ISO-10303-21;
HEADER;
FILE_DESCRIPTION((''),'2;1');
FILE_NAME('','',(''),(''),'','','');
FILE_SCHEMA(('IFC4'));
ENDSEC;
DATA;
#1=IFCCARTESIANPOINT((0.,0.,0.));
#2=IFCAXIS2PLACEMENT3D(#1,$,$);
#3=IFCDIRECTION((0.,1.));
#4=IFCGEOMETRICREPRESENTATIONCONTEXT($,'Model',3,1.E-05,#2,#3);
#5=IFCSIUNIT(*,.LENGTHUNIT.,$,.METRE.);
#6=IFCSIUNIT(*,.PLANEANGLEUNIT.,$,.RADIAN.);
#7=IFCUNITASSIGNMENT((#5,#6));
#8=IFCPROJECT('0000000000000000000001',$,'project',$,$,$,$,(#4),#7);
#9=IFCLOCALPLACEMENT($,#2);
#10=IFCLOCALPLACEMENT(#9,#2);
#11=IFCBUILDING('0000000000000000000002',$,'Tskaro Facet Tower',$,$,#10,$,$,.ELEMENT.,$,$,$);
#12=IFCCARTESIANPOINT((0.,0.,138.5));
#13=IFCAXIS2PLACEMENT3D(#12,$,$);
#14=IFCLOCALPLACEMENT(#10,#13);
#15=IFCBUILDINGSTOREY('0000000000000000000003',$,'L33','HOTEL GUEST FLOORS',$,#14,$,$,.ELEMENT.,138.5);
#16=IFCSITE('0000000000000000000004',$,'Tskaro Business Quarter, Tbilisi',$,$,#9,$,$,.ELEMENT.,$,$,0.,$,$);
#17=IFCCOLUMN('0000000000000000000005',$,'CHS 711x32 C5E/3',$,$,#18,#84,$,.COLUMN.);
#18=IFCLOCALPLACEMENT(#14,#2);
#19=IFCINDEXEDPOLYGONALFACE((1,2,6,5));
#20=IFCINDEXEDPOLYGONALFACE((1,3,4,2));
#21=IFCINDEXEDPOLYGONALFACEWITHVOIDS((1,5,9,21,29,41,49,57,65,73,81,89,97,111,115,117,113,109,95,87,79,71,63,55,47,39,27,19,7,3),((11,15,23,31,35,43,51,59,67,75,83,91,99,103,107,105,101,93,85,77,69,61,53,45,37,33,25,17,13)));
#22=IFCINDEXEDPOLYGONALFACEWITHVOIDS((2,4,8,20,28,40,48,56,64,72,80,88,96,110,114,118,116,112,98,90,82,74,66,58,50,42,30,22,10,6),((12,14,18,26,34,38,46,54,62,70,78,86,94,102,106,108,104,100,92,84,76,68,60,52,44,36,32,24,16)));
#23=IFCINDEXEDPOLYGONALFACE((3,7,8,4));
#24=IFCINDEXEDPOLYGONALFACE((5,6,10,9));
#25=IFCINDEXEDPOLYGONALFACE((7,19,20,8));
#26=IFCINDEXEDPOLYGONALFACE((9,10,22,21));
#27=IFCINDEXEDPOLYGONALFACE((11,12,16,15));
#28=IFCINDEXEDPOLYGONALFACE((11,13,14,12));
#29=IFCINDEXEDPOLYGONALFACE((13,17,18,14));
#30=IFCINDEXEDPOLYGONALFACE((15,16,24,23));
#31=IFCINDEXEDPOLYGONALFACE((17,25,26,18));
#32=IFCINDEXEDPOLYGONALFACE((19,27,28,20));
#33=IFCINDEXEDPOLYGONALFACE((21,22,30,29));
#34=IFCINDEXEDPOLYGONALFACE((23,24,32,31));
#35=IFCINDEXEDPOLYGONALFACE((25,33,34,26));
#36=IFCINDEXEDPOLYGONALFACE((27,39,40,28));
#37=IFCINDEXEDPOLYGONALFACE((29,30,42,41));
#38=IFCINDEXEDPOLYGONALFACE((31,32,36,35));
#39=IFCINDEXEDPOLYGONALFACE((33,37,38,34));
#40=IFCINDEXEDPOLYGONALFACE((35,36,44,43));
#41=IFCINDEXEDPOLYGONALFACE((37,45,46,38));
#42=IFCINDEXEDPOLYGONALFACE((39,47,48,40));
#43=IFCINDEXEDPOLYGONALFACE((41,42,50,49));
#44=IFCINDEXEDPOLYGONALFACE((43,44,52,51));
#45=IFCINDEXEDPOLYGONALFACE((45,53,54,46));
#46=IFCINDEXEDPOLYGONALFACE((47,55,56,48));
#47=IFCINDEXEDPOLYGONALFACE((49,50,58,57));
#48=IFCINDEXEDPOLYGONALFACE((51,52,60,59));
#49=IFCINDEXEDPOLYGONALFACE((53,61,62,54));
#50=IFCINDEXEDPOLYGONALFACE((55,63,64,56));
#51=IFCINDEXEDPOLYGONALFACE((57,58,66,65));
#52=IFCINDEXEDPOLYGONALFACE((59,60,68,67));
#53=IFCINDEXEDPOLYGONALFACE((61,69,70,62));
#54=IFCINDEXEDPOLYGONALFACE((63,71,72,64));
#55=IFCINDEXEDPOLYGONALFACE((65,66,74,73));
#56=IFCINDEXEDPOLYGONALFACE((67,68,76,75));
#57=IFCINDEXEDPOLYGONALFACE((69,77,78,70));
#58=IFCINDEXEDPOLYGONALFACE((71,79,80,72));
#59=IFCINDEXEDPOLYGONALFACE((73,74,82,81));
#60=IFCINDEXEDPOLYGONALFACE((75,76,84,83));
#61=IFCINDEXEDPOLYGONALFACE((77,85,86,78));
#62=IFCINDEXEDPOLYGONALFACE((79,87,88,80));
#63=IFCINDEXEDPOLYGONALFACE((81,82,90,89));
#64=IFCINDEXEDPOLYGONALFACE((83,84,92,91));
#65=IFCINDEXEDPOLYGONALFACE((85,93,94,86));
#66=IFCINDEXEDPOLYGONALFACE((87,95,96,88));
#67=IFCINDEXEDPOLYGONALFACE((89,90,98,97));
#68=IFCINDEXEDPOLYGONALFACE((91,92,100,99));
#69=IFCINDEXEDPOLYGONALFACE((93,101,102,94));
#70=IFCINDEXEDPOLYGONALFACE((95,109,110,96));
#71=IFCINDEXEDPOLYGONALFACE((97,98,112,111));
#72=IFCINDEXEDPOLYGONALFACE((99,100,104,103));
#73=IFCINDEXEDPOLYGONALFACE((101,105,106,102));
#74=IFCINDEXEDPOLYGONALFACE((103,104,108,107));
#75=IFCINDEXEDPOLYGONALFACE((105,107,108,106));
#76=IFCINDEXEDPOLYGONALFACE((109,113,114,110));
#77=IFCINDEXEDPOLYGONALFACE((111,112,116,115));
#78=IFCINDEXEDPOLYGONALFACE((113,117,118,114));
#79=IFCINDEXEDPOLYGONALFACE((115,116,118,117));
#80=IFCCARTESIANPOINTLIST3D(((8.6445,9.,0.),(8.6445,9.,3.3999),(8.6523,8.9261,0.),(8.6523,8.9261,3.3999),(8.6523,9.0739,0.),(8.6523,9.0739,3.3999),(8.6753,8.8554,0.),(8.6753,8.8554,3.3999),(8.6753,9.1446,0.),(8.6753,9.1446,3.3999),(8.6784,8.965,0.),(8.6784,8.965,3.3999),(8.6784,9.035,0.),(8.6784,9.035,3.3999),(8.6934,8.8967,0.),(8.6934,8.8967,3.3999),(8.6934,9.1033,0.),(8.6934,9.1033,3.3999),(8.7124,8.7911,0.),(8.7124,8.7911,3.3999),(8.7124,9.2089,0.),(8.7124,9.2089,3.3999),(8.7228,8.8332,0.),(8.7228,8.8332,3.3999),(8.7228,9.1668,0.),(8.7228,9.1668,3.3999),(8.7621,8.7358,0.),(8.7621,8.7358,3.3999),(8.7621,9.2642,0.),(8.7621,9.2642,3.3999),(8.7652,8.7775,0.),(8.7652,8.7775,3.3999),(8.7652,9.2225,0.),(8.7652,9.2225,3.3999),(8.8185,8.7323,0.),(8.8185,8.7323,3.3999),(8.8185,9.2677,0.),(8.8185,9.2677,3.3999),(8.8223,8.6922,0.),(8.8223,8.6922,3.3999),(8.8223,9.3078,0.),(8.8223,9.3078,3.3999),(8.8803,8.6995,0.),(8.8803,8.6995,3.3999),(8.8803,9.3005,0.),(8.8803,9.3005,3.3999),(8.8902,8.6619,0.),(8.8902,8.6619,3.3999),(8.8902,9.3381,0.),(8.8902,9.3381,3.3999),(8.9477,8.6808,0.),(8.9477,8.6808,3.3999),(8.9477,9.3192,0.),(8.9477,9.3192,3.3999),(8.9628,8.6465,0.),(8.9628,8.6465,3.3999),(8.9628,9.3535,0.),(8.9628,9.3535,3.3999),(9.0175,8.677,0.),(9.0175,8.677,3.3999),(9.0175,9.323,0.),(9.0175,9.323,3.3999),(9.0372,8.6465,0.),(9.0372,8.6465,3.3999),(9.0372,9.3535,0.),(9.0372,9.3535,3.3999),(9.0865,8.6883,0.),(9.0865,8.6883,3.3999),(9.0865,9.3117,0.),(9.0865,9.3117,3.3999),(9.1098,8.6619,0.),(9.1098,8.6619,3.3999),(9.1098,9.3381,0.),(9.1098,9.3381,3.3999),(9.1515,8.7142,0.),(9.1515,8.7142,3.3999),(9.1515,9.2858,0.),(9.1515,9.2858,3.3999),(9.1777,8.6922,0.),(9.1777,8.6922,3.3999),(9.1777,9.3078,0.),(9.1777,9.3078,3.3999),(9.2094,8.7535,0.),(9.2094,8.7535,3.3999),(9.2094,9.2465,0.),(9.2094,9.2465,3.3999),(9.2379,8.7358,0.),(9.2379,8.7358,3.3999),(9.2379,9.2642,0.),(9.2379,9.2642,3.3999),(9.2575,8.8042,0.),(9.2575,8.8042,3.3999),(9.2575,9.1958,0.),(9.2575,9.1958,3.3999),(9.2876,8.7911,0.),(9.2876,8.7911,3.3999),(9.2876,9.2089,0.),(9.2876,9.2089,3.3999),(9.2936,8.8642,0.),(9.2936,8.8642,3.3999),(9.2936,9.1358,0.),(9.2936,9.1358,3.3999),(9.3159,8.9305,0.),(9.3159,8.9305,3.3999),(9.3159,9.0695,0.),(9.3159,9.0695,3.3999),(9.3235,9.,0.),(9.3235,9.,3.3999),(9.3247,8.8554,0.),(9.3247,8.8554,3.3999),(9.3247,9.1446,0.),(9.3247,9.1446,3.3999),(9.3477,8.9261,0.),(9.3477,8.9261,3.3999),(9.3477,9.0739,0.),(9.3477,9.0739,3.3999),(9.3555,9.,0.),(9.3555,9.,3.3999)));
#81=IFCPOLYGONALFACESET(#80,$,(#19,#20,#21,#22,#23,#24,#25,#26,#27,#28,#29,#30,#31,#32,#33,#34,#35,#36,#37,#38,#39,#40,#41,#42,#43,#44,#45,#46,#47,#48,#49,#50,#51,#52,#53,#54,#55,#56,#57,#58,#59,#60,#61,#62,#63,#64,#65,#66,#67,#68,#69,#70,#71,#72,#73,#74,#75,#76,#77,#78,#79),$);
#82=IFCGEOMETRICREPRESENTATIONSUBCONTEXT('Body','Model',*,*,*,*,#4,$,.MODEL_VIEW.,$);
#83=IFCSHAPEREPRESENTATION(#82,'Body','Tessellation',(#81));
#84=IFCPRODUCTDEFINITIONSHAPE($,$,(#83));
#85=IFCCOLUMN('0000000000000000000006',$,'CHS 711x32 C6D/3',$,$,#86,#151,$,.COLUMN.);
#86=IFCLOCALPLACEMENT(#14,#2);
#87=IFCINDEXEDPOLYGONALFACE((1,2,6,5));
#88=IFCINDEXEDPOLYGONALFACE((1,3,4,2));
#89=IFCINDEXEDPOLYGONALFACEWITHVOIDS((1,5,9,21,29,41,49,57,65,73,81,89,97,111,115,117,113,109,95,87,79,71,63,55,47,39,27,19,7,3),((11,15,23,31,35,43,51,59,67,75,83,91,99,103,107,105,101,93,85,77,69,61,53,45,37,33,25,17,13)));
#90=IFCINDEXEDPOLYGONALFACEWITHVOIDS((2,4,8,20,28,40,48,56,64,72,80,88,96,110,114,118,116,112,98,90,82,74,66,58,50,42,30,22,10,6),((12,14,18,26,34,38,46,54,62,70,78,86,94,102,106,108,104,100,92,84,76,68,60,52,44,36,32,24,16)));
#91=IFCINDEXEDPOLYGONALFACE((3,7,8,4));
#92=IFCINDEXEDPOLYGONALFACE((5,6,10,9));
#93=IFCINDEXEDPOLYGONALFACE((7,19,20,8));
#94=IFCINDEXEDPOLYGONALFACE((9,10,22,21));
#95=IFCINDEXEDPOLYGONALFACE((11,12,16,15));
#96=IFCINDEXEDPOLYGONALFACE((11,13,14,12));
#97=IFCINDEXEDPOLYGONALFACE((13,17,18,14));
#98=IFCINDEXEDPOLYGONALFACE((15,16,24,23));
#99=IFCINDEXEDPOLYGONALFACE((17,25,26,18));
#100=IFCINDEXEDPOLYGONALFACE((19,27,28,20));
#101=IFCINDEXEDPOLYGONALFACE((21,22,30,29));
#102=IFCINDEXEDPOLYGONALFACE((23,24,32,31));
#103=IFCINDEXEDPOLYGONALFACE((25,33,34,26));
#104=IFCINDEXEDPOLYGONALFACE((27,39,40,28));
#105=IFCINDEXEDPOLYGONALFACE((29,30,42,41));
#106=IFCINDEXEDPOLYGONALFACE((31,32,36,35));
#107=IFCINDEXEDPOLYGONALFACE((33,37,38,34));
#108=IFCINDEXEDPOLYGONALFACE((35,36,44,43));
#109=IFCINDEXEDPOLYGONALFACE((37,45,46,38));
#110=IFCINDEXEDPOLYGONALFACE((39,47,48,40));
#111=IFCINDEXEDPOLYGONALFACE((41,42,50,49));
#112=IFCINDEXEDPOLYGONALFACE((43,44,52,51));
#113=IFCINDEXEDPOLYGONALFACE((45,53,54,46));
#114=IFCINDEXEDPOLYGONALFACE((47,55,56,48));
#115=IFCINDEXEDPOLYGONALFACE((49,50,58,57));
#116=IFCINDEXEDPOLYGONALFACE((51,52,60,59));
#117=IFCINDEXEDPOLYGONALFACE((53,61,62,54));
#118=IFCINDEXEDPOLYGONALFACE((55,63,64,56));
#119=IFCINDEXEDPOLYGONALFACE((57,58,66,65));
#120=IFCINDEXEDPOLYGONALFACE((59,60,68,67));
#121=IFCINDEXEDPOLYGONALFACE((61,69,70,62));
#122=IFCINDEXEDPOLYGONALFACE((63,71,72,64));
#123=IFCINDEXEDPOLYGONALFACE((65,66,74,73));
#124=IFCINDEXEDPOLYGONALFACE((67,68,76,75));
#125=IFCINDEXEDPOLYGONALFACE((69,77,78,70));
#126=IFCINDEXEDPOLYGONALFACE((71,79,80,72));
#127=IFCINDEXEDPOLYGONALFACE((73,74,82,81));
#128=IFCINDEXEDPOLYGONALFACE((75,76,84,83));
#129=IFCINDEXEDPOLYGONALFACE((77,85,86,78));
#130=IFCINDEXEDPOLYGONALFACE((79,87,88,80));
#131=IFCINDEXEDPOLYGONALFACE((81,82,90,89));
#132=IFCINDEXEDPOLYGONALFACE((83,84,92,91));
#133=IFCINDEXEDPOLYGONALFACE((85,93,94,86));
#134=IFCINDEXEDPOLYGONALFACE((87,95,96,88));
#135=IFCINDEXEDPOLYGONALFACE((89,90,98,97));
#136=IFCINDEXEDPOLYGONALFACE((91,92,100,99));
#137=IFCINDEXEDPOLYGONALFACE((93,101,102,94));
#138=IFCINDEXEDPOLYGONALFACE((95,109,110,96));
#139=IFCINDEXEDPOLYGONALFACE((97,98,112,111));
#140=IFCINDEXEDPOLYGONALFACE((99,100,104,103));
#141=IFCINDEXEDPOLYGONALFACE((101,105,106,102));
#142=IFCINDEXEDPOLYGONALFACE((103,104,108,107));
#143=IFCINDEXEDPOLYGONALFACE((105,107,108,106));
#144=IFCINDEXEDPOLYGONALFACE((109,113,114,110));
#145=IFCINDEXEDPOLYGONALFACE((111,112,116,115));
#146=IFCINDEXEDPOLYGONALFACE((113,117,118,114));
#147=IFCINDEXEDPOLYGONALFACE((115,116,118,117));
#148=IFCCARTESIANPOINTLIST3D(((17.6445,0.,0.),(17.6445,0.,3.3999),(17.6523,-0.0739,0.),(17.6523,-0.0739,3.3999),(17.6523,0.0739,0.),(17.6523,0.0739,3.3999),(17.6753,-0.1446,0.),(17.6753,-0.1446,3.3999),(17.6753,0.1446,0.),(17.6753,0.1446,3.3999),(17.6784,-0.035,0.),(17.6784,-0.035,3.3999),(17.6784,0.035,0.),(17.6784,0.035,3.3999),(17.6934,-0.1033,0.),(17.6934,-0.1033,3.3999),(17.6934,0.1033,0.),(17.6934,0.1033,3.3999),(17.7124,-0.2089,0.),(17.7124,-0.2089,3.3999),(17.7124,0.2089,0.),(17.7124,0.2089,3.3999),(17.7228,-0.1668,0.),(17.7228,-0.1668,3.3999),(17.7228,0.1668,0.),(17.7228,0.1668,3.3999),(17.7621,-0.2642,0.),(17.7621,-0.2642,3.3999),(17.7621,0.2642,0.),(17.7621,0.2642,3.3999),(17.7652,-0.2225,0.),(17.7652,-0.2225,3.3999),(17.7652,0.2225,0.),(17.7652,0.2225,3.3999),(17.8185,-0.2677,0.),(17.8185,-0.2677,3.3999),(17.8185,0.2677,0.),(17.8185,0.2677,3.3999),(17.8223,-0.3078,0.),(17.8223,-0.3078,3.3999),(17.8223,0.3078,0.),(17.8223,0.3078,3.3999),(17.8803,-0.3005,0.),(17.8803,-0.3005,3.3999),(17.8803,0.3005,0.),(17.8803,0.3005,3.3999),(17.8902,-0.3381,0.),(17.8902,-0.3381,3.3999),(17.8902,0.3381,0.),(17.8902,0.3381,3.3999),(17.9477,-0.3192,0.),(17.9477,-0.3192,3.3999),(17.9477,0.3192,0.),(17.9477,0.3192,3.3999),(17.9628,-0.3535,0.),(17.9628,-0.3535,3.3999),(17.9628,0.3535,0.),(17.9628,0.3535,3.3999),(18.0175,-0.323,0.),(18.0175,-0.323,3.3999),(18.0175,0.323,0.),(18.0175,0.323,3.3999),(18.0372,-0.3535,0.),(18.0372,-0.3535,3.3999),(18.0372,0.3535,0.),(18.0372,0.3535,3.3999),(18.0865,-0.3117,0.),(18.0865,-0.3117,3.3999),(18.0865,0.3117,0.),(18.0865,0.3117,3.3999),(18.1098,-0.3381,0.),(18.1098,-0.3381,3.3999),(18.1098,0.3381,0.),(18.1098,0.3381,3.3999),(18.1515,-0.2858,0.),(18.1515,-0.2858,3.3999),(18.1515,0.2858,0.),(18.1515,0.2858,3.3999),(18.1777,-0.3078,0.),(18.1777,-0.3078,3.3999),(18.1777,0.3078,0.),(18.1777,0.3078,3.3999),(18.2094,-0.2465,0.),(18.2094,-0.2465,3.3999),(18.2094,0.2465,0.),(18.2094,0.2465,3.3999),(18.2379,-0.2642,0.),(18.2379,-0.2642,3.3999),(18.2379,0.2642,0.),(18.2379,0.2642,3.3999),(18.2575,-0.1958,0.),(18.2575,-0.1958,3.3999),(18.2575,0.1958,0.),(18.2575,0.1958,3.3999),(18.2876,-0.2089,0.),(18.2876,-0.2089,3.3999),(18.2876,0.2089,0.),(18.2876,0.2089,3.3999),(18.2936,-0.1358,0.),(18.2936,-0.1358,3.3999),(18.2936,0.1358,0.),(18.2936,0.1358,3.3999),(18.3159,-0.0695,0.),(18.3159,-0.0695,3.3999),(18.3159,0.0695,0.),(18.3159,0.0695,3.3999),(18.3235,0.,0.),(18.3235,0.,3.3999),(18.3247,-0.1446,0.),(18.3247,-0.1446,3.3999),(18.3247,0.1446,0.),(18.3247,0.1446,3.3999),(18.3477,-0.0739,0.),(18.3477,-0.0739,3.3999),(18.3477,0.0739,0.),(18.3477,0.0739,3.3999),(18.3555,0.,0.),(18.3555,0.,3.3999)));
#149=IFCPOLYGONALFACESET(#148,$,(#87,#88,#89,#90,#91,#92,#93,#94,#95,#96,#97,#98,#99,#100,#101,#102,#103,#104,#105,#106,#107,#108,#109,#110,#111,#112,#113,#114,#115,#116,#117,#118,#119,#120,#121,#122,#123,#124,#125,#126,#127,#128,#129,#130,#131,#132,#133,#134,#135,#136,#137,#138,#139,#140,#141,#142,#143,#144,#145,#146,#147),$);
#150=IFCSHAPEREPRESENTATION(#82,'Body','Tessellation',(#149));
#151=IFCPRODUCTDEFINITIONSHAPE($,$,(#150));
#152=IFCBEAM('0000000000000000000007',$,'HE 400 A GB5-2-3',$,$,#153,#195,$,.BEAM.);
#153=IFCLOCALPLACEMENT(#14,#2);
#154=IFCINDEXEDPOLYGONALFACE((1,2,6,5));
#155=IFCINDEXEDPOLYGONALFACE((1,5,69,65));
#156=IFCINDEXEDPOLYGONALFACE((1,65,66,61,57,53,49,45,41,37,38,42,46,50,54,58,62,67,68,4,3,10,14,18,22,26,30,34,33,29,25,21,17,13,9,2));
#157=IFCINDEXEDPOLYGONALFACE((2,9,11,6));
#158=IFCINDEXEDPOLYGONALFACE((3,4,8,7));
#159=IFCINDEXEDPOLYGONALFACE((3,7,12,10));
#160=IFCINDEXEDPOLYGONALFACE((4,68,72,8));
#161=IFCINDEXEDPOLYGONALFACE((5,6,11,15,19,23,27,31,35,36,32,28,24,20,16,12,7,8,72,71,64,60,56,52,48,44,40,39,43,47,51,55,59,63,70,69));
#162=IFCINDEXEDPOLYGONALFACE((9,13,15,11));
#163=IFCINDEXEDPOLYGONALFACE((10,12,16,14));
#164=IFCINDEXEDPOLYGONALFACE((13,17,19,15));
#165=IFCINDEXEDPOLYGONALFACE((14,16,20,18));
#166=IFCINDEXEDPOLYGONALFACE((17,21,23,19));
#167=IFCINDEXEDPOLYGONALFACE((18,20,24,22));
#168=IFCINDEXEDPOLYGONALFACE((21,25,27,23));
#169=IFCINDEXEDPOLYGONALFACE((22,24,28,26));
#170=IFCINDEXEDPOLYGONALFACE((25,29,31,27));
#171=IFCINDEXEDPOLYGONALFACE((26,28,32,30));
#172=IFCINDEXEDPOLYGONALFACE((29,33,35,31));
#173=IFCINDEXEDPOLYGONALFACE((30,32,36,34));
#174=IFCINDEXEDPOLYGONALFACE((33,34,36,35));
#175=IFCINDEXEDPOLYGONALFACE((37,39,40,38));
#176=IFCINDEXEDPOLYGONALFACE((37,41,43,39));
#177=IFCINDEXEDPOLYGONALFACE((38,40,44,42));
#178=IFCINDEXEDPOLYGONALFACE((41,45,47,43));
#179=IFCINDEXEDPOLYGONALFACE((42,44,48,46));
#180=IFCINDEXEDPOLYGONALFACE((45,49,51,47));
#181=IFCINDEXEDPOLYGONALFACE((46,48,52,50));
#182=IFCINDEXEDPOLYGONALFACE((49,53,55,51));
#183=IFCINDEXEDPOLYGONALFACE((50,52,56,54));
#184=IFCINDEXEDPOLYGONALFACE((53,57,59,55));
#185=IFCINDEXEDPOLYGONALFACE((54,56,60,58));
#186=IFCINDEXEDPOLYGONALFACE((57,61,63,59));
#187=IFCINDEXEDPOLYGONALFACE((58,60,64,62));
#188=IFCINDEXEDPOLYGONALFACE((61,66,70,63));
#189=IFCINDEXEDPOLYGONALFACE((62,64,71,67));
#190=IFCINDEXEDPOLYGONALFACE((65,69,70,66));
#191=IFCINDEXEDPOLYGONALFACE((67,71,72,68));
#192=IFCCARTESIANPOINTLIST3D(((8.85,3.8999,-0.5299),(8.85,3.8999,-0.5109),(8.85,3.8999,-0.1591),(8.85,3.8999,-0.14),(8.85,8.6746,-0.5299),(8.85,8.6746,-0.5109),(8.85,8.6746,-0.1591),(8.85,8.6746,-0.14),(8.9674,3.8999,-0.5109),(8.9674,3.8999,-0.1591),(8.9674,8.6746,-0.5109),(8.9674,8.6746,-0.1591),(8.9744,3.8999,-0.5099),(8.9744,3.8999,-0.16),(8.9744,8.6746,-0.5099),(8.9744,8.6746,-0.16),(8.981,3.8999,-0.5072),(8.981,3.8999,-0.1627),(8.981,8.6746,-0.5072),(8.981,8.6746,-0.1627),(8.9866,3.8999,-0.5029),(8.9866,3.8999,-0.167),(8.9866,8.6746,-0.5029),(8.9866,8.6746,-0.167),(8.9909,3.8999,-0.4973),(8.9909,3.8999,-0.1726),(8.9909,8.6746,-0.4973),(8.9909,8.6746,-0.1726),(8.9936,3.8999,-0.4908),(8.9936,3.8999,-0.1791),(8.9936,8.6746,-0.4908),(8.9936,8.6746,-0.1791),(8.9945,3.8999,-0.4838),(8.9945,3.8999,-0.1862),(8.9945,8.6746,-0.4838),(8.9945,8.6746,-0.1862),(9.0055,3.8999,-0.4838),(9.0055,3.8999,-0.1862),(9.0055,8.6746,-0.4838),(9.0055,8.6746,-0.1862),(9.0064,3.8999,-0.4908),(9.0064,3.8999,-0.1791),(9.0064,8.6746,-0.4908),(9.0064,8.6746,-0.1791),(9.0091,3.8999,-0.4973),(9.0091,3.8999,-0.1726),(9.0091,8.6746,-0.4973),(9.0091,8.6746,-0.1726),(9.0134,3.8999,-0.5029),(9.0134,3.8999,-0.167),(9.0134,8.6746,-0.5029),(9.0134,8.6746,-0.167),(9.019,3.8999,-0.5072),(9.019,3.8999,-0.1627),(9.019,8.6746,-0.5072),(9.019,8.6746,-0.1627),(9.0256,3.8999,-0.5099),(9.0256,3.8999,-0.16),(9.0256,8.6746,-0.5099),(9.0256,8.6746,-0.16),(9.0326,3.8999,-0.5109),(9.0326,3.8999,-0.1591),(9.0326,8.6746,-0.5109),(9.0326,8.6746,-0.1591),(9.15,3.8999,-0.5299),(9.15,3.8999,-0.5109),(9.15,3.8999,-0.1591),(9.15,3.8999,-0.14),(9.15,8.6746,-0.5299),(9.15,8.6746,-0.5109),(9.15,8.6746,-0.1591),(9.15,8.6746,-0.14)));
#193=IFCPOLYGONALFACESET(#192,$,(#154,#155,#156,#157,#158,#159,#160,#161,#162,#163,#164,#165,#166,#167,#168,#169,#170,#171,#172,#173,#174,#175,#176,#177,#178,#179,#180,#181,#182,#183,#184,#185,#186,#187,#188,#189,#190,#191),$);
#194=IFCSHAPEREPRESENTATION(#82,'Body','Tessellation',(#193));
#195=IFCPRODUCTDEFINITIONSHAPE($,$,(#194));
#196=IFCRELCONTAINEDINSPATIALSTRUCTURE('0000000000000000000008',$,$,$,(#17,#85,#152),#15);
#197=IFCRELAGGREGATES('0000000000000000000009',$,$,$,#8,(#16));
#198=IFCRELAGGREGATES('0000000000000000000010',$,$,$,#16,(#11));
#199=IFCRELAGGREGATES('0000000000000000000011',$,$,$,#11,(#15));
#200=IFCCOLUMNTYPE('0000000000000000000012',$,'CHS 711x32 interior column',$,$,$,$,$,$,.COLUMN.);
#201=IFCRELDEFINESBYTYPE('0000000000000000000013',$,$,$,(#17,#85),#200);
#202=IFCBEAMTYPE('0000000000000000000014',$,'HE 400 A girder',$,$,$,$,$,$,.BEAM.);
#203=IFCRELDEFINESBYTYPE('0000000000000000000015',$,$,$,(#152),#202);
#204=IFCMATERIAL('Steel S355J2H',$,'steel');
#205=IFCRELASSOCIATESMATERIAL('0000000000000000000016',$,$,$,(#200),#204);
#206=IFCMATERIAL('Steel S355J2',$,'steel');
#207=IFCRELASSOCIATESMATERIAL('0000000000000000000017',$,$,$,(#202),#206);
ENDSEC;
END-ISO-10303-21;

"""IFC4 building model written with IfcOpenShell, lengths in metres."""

from ifc_helpers import new_model, si_unit, direction, frame, origin, origin_2d, place, context, subcontext, project, spatial, hollow_circle, i_section, extrude, material, material_profile, profile_set, type_object, element, save


model = new_model("IFC4")

# Units and contexts
model_context = context("Model", 3, precision=1e-05, world=origin(), true_north=direction((0.0, 1.0)))
body_context = subcontext(model_context, "Body", "Model", "MODEL_VIEW")
ifc_project = project(units=[si_unit("LENGTHUNIT", "METRE"), si_unit("PLANEANGLEUNIT", "RADIAN")], contexts=[model_context])

# Site, building, storey
site_placement = place(None, origin())
site = spatial("IfcSite", under=ifc_project, at=site_placement, Name="Tskaro Business Quarter, Tbilisi", CompositionType="ELEMENT", RefElevation=0.0)
building_placement = place(site_placement, origin())
building = spatial("IfcBuilding", under=site, at=building_placement, Name="Tskaro Facet Tower", CompositionType="ELEMENT")
storey_placement = place(building_placement, frame((0.0, 0.0, 138.5)))
storey = spatial("IfcBuildingStorey", under=building, at=storey_placement, Name="L33", Description="HOTEL GUEST FLOORS", CompositionType="ELEMENT", Elevation=138.5)

# Columns
ifc_material_1 = material(Name="Steel S355J2H", Category="steel")
ifc_material_profile_1 = material_profile(ifc_material_1, hollow_circle(Radius=0.3555, WallThickness=0.032, at=origin_2d()), Name="CHS 711x32")
ifc_profile_set_1 = profile_set([ifc_material_profile_1], Name="Steel S355J2H")
column_type = type_object("IfcColumnType", Name="CHS 711x32 interior column", PredefinedType="COLUMN", material=ifc_profile_set_1)
for number, where, z_axis, x_axis, name in (
    (1, (9.0, 9.0, 0.0), (0.0, 0.0, 1.0), (1.0, 0.0, 0.0), "CHS 711x32 C5E/3"),
    (2, (18.0, 0.0, 0.0), (0.0, 0.0, 1.0), (1.0, 0.0, 0.0), "CHS 711x32 C6D/3"),
):
    element("IfcColumn", number, at=place(storey_placement, frame(where, z_axis=z_axis, x_axis=x_axis)), inside=storey, type_object=column_type, Name=name, PredefinedType="COLUMN", context=body_context, shape_type="SweptSolid", body=[
        extrude(hollow_circle(Radius=0.3555, WallThickness=0.032, at=origin_2d()), origin(), (0.0, 0.0, 1.0), 3.3999),
    ])

# Beam
ifc_material_2 = material(Name="Steel S355J2", Category="steel")
ifc_material_profile_2 = material_profile(ifc_material_2, i_section(OverallWidth=0.3, OverallDepth=0.3899, WebThickness=0.011, FlangeThickness=0.019, FilletRadius=0.0271, at=origin_2d()), Name="HE 400 A")
ifc_profile_set_2 = profile_set([ifc_material_profile_2], Name="Steel S355J2")
beam_type_1 = type_object("IfcBeamType", Name="HE 400 A girder", PredefinedType="BEAM", material=ifc_profile_set_2)
beam_1_placement = place(storey_placement, frame((9.0, 3.8999, -0.335), z_axis=(0.0, 1.0, 0.0), x_axis=(-1.0, 0.0, 0.0)))
element("IfcBeam", 3, at=beam_1_placement, inside=storey, type_object=beam_type_1, Name="HE 400 A GB5-2-3", PredefinedType="BEAM", context=body_context, shape_type="SweptSolid", body=[
    extrude(i_section(OverallWidth=0.3, OverallDepth=0.3899, WebThickness=0.011, FlangeThickness=0.019, FilletRadius=0.0271, at=origin_2d()), origin(), (0.0, 0.0, 1.0), 4.7747),
])

save(model, "model.ifc")
